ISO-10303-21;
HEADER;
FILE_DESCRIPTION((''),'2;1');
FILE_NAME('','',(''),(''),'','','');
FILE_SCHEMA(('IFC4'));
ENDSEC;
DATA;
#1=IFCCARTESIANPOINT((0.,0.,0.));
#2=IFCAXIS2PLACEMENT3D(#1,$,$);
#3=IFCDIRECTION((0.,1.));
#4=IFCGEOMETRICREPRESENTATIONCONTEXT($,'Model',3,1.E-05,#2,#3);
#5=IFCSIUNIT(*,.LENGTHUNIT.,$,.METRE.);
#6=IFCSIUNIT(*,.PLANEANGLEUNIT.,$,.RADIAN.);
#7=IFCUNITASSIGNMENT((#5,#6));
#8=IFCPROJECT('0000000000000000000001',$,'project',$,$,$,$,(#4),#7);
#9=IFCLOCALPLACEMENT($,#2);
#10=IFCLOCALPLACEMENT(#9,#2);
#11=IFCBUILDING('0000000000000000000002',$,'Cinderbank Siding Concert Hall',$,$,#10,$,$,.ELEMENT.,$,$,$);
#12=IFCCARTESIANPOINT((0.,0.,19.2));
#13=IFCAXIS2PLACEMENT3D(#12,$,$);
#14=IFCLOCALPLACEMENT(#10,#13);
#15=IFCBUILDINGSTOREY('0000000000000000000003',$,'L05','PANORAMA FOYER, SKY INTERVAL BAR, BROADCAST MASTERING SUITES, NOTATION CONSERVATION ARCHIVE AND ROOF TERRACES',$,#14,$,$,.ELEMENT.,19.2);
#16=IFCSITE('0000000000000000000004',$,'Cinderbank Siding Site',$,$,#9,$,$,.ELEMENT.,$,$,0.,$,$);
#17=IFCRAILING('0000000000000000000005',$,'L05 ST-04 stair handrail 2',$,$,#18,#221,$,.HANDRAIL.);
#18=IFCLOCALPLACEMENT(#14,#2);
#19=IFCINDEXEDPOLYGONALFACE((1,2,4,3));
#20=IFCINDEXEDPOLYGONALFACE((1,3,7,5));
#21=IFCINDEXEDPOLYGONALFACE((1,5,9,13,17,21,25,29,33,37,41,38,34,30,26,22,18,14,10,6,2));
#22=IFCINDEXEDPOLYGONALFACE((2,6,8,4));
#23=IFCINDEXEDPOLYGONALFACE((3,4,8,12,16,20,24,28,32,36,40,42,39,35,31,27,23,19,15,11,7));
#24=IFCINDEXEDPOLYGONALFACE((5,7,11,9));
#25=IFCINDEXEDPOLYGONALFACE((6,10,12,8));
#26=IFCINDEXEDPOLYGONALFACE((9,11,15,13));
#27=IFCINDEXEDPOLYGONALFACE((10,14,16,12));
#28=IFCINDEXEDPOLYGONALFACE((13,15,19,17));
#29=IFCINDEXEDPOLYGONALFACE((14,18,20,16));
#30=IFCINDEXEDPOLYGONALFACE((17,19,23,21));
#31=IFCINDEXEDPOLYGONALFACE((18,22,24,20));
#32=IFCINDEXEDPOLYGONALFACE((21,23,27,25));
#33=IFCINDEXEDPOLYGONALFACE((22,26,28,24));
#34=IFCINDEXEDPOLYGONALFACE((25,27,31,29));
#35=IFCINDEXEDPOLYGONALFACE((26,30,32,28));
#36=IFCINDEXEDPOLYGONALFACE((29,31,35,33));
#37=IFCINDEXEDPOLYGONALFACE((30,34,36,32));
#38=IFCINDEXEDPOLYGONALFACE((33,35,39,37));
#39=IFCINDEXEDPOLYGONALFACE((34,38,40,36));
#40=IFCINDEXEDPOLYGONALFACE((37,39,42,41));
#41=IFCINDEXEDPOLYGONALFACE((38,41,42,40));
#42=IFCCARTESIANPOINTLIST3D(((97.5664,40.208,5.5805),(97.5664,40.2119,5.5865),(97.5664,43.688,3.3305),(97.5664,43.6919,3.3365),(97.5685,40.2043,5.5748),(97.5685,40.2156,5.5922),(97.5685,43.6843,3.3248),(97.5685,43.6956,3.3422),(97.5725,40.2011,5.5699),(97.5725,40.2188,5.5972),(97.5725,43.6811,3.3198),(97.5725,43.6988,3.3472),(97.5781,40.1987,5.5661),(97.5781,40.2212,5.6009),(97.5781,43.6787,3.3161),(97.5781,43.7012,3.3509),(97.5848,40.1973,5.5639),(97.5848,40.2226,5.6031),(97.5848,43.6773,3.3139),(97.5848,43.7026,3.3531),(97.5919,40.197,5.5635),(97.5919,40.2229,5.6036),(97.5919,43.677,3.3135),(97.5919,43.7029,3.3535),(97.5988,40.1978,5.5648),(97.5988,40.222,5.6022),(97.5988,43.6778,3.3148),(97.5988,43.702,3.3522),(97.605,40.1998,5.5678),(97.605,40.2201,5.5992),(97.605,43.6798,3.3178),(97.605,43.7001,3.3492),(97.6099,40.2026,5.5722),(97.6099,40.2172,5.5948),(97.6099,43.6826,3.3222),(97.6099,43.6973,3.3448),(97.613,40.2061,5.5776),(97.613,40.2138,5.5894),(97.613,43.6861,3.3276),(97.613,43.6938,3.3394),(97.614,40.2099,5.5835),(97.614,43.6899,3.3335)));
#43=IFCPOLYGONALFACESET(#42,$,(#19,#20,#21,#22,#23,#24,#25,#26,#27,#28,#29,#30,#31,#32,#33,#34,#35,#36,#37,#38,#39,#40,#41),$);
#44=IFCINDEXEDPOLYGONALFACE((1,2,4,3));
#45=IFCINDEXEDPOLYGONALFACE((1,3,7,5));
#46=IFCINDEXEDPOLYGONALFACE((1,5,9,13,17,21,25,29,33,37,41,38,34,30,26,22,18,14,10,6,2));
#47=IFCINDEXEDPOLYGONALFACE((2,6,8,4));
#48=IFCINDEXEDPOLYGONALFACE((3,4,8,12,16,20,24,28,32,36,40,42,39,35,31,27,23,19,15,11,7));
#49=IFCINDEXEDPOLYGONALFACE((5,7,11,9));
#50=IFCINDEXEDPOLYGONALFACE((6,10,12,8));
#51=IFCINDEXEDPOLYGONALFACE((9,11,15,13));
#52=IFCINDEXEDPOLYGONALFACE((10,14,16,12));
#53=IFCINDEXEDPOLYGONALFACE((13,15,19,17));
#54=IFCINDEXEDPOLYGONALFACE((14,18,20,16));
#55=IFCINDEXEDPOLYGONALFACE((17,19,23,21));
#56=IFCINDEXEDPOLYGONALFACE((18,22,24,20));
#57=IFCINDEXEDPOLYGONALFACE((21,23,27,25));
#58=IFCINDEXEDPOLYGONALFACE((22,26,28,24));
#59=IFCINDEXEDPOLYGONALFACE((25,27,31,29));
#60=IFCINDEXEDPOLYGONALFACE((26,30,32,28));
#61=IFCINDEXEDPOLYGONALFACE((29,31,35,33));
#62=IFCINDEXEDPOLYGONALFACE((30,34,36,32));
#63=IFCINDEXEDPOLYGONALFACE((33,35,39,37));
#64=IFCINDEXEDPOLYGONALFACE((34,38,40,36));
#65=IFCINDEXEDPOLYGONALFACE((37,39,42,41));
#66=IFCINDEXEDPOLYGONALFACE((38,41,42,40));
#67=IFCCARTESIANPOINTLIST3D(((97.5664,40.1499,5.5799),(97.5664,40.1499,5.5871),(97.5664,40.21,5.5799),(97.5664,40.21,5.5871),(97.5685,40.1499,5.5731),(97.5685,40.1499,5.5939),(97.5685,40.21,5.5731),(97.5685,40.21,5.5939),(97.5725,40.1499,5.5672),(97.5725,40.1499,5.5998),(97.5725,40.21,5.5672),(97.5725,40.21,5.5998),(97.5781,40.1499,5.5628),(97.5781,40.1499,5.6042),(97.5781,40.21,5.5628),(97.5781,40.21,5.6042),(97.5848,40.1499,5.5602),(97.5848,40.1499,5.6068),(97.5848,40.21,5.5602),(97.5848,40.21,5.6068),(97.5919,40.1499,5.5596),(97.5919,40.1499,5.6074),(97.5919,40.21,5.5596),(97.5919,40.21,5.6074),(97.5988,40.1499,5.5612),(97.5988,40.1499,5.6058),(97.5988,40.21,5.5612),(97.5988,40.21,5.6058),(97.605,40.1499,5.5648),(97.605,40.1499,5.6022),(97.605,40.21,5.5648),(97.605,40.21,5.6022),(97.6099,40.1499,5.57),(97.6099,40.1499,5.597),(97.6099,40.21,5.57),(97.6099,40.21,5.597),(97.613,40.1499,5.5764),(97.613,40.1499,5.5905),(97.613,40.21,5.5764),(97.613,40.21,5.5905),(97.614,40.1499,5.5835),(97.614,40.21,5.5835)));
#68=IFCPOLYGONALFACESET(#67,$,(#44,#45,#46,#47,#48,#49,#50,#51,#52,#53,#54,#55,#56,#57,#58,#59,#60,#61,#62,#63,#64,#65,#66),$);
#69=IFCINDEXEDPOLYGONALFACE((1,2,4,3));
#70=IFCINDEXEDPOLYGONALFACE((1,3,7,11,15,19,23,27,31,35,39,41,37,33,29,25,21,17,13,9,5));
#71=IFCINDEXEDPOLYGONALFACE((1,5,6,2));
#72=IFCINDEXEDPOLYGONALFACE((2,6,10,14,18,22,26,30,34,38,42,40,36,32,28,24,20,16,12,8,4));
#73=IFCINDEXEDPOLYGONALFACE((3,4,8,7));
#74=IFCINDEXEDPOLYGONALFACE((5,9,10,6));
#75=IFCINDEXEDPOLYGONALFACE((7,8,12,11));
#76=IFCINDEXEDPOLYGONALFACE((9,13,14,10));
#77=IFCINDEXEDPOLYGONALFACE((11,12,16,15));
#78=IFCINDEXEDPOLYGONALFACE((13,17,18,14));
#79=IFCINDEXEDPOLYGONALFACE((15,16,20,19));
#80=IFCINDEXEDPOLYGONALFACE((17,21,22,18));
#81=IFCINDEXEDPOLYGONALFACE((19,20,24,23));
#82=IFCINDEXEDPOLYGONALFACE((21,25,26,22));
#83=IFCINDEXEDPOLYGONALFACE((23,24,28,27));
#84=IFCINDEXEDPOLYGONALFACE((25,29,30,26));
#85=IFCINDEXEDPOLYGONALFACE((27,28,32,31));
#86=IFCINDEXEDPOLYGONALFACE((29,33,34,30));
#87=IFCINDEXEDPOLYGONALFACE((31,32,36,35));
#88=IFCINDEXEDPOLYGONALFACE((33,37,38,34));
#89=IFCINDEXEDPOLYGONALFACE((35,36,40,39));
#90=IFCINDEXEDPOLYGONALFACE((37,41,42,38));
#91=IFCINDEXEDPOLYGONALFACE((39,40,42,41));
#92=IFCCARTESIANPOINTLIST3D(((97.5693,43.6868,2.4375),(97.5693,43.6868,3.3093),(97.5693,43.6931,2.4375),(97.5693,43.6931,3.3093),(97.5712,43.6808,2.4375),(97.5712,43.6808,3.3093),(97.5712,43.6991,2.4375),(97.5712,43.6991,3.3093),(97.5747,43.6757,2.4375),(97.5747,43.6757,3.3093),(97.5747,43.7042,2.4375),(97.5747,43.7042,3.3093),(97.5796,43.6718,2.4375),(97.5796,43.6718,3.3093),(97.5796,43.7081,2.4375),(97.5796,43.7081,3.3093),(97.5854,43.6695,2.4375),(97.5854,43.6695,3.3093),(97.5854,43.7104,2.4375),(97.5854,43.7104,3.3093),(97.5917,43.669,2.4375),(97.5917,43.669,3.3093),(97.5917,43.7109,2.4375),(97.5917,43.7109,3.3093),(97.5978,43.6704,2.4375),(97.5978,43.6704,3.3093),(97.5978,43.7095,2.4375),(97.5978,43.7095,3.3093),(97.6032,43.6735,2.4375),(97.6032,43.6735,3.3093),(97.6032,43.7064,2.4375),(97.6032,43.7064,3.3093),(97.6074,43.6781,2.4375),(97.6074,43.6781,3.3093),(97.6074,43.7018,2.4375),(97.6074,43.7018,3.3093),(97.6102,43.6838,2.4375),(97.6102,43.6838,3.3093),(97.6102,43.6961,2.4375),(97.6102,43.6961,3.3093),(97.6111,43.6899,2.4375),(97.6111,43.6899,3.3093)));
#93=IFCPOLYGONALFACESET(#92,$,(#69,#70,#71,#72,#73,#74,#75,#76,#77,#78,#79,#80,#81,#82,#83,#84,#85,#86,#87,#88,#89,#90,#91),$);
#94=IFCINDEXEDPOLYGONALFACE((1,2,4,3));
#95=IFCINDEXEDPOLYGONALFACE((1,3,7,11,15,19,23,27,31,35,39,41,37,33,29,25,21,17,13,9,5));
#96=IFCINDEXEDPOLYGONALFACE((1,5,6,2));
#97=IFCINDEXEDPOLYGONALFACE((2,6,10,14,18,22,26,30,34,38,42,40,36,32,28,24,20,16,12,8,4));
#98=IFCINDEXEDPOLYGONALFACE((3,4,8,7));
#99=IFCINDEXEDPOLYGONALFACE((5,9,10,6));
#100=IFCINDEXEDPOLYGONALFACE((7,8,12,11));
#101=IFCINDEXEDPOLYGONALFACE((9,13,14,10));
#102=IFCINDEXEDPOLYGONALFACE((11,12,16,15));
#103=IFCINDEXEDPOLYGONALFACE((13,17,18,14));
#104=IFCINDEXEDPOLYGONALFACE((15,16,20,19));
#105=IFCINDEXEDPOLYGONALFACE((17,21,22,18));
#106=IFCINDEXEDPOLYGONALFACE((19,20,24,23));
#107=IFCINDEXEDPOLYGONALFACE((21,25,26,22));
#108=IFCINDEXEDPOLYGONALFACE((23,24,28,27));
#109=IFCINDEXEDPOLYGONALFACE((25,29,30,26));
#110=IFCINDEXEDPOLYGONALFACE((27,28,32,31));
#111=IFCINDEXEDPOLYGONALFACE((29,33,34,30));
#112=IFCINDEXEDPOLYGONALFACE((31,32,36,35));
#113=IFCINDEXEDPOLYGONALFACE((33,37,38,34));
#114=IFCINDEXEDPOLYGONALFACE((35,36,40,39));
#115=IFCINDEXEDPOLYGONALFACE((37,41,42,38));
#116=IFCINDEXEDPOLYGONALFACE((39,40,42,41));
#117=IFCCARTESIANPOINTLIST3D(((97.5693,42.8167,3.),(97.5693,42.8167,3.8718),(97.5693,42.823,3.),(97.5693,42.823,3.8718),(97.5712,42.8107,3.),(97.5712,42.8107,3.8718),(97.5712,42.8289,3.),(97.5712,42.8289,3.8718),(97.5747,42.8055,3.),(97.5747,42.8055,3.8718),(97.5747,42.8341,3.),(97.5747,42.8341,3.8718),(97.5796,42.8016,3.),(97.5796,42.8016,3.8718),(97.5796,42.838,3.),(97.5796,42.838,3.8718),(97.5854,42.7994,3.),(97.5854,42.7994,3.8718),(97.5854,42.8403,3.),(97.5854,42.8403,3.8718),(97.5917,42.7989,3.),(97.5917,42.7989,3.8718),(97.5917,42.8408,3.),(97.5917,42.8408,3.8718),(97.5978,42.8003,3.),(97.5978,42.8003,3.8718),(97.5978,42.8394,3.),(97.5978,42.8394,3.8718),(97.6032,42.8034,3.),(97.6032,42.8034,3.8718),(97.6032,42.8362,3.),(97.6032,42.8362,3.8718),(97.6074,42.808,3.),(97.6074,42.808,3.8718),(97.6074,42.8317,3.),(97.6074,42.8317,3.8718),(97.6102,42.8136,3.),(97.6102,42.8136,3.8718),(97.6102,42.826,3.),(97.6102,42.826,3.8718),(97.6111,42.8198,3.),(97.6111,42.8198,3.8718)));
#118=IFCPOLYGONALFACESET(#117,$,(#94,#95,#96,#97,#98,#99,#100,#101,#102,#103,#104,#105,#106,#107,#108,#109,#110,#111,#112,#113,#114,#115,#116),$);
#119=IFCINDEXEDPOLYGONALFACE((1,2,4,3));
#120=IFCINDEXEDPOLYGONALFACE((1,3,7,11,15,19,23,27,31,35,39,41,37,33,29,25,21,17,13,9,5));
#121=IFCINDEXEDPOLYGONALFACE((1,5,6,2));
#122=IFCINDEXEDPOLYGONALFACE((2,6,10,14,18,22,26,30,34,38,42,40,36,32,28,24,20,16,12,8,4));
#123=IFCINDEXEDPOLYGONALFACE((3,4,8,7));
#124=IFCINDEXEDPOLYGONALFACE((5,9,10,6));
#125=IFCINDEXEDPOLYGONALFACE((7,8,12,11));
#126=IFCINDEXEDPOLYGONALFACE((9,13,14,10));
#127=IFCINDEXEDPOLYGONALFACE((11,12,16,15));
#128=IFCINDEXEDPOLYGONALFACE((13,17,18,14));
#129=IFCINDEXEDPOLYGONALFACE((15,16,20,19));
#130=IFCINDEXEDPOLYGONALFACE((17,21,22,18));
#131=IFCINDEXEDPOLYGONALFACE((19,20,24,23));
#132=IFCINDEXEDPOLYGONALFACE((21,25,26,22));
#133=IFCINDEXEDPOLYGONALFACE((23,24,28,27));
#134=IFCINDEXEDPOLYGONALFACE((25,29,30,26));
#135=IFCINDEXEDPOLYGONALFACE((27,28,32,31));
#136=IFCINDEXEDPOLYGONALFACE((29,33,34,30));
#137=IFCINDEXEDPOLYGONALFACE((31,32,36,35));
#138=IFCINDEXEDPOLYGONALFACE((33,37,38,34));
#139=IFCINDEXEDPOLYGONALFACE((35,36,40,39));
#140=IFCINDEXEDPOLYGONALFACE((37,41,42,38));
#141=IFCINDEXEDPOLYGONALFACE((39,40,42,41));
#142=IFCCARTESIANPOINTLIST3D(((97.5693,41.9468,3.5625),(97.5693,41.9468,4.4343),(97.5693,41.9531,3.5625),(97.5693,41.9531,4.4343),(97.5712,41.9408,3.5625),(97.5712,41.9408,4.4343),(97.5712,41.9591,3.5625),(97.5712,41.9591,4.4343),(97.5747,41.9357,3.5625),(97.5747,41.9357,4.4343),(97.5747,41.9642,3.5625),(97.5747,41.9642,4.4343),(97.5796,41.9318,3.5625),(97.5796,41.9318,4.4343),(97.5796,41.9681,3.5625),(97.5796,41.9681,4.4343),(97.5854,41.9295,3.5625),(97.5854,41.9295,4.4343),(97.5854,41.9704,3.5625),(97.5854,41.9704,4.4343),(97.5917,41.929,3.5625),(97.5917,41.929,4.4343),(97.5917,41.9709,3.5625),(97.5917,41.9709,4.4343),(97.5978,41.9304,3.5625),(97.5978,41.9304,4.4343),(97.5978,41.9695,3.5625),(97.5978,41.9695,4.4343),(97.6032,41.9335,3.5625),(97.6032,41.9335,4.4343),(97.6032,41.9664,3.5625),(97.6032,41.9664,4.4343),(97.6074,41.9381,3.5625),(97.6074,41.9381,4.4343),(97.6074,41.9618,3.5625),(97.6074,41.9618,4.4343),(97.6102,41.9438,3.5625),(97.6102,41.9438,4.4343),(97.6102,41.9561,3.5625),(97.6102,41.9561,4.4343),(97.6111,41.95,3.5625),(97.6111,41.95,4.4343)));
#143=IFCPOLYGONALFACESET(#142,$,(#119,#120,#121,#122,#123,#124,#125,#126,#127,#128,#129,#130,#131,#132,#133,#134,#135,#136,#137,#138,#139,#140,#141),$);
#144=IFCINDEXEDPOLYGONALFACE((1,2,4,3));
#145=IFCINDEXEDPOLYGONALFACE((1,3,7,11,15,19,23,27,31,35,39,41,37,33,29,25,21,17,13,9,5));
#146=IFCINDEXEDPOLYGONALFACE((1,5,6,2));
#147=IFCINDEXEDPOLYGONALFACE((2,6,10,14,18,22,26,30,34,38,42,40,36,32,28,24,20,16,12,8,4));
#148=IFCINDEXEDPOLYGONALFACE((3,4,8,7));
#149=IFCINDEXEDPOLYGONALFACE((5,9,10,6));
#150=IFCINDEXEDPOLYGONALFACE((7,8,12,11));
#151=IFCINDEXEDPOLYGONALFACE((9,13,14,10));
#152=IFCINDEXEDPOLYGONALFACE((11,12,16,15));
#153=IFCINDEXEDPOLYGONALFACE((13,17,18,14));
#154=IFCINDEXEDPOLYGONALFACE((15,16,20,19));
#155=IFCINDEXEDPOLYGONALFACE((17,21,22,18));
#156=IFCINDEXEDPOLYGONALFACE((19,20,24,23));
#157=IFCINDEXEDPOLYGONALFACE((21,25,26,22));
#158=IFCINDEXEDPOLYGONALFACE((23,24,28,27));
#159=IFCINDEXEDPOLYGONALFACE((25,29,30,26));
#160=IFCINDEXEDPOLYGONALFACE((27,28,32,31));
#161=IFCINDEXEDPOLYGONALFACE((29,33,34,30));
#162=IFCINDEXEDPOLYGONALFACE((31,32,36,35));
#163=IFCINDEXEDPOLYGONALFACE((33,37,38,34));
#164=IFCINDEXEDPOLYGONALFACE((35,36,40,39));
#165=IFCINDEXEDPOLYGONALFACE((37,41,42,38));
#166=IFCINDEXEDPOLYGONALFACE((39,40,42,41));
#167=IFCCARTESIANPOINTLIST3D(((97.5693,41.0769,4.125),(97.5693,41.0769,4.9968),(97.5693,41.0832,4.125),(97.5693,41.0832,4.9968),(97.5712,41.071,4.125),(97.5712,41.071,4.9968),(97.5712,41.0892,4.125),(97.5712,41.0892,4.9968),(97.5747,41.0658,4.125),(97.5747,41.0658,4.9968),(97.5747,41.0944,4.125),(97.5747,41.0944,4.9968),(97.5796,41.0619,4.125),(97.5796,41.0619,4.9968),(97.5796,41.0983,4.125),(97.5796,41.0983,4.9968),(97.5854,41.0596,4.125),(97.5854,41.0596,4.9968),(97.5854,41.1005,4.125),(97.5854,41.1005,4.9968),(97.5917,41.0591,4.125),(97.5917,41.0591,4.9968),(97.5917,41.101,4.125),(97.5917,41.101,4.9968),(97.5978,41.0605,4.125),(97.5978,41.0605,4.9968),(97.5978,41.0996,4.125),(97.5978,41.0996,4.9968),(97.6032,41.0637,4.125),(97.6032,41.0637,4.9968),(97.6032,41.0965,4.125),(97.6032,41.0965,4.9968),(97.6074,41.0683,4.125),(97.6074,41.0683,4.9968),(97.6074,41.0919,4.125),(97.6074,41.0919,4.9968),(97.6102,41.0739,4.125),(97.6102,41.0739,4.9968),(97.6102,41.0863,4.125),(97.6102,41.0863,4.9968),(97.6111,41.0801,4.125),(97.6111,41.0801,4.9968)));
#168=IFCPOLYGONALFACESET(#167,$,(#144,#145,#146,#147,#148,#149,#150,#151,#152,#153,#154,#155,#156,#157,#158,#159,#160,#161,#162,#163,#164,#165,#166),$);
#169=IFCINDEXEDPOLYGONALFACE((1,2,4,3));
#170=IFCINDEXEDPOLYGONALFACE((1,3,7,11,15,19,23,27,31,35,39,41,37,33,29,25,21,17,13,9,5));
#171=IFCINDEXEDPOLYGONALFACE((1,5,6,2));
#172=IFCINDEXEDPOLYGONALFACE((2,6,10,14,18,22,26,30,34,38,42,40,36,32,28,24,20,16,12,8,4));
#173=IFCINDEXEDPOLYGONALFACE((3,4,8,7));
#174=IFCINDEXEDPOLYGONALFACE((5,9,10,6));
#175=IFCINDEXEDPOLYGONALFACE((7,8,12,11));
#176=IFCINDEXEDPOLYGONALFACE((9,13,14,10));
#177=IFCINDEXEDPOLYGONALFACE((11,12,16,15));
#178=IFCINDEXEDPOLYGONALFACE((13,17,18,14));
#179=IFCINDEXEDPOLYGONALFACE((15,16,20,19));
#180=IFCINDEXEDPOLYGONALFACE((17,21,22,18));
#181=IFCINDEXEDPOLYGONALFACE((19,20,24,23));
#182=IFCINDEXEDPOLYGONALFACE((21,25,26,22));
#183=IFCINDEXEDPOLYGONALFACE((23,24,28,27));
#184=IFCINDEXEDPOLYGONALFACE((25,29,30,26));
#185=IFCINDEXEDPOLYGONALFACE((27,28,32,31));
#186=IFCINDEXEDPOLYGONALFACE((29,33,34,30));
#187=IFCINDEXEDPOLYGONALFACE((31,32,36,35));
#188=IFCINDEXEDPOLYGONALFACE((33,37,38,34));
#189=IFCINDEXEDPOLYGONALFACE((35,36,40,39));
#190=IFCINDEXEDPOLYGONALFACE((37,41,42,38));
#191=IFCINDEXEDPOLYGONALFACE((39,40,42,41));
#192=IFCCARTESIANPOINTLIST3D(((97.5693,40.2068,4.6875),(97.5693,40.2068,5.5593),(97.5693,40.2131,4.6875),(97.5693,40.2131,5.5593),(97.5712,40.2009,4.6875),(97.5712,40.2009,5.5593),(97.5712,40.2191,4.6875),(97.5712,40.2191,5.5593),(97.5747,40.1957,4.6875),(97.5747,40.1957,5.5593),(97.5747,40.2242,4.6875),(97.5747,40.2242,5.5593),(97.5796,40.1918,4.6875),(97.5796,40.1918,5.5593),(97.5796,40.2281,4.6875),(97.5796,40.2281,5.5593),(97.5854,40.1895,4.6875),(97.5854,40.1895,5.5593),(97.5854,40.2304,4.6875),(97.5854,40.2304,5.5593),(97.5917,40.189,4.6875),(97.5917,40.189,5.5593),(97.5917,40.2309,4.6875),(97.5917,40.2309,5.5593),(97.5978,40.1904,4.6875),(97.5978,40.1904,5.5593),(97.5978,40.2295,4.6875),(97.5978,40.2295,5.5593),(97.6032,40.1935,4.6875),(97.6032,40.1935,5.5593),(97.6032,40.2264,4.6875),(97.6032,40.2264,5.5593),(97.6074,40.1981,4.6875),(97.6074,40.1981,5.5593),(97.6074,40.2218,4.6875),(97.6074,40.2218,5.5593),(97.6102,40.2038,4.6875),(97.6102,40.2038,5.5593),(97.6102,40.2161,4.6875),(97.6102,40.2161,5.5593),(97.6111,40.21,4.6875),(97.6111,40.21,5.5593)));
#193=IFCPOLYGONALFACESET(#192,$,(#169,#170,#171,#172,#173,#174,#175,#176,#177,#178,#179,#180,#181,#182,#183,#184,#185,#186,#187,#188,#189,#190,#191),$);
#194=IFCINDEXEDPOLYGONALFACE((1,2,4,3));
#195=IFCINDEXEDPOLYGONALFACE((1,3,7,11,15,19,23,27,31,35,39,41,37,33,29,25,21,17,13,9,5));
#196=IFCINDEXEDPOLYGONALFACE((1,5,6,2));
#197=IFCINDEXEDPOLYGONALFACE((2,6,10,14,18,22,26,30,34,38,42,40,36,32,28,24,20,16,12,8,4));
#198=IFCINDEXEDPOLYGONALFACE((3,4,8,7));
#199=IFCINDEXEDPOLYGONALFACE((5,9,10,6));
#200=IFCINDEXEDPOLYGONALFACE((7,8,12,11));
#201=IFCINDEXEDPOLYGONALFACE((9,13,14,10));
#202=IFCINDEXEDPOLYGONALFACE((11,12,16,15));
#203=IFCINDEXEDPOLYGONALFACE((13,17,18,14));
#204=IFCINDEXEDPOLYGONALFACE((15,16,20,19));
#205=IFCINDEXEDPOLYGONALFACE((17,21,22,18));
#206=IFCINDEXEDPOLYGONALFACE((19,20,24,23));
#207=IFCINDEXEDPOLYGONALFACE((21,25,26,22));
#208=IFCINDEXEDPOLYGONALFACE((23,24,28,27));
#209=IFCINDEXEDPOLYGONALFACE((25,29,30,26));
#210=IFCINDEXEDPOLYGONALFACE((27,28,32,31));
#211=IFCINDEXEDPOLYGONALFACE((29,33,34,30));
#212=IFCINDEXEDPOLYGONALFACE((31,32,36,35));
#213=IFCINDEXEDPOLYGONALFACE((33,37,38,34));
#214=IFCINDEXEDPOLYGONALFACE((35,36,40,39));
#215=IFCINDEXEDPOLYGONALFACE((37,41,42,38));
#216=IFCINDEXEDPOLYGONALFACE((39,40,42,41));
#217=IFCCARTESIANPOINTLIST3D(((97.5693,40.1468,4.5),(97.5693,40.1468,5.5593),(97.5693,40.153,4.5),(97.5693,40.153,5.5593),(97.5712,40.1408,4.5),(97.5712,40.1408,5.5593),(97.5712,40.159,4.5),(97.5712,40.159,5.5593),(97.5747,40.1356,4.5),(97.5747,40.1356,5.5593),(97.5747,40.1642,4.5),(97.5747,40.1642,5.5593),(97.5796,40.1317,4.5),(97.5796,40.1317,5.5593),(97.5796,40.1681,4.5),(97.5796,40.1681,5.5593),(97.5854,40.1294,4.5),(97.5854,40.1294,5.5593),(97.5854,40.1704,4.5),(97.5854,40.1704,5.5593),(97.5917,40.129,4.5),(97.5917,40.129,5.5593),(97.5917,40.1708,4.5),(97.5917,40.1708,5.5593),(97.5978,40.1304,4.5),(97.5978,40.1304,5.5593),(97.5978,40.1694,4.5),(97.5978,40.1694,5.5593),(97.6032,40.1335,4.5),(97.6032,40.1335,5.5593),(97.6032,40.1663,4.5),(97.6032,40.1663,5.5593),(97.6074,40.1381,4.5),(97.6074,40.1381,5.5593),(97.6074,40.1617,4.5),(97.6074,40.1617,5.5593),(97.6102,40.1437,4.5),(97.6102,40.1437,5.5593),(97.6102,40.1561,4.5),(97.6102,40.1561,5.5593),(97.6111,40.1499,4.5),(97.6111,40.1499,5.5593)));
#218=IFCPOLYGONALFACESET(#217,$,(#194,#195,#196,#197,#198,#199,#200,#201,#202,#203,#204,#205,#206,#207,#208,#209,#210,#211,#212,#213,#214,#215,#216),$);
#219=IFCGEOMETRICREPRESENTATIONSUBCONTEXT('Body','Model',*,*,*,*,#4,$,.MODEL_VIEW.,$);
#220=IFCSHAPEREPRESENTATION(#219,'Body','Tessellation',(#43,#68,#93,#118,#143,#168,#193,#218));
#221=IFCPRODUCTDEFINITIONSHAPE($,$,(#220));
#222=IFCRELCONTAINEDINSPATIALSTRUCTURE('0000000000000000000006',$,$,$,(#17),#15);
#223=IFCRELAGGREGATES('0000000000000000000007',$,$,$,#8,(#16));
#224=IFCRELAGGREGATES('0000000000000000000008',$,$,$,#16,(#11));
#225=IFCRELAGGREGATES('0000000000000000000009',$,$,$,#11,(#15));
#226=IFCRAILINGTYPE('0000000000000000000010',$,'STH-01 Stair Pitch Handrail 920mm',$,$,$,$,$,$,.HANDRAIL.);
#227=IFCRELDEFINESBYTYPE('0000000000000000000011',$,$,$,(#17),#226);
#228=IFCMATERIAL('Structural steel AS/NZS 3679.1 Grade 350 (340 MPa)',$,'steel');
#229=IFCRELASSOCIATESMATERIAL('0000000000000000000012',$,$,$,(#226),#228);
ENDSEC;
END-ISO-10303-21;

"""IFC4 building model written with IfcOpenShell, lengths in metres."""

from ifc_helpers import new_model, si_unit, direction, frame, origin, origin_2d, place, context, subcontext, project, spatial, circle, extrude, material, type_object, element, save


model = new_model("IFC4")

# Units and contexts
model_context = context("Model", 3, precision=1e-05, world=origin(), true_north=direction((0.0, 1.0)))
body_context = subcontext(model_context, "Body", "Model", "MODEL_VIEW")
ifc_project = project(units=[si_unit("LENGTHUNIT", "METRE"), si_unit("PLANEANGLEUNIT", "RADIAN")], contexts=[model_context])

# Site, building, storey
site_placement = place(None, origin())
site = spatial("IfcSite", under=ifc_project, at=site_placement, Name="Cinderbank Siding Site", CompositionType="ELEMENT", RefElevation=0.0)
building_placement = place(site_placement, origin())
building = spatial("IfcBuilding", under=site, at=building_placement, Name="Cinderbank Siding Concert Hall", CompositionType="ELEMENT")
storey_placement = place(building_placement, frame((0.0, 0.0, 19.2)))
storey = spatial("IfcBuildingStorey", under=building, at=storey_placement, Name="L05", Description="PANORAMA FOYER, SKY INTERVAL BAR, BROADCAST MASTERING SUITES, NOTATION CONSERVATION ARCHIVE AND ROOF TERRACES", CompositionType="ELEMENT", Elevation=19.2)

# Shared definitions
ifc_material_1 = material(Name="Structural steel AS/NZS 3679.1 Grade 350 (340 MPa)", Category="steel")

# Railing
railing_type_1 = type_object("IfcRailingType", Name="STH-01 Stair Pitch Handrail 920mm", PredefinedType="HANDRAIL", material=ifc_material_1)
railing_1_placement = place(storey_placement, frame((97.5901, 43.6899, 2.4375)))
element("IfcRailing", 1, at=railing_1_placement, inside=storey, type_object=railing_type_1, Name="L05 ST-04 stair handrail 2", PredefinedType="HANDRAIL", context=body_context, shape_type="SweptSolid", body=[
    extrude(circle(Radius=0.0239, at=origin_2d()), frame((0.0, 0.0, 0.896), z_axis=(0.0, -0.839763, 0.542953), x_axis=(1.0, 0.0, 0.0)), (0.0, 0.0, 1.0), 4.144),
    extrude(circle(Radius=0.0239, at=origin_2d()), frame((0.0, -3.48, 3.146), z_axis=(0.0, -1.0, 0.0), x_axis=(1.0, 0.0, 0.0)), (0.0, 0.0, 1.0), 0.0601),
    extrude(circle(Radius=0.021, at=origin_2d()), origin(), (0.0, 0.0, 1.0), 0.8718),
    extrude(circle(Radius=0.021, at=origin_2d()), frame((0.0, -0.8701, 0.5625)), (0.0, 0.0, 1.0), 0.8718),
    extrude(circle(Radius=0.021, at=origin_2d()), frame((0.0, -1.74, 1.125)), (0.0, 0.0, 1.0), 0.8718),
    extrude(circle(Radius=0.021, at=origin_2d()), frame((0.0, -2.6099, 1.6875)), (0.0, 0.0, 1.0), 0.8718),
    extrude(circle(Radius=0.021, at=origin_2d()), frame((0.0, -3.48, 2.25)), (0.0, 0.0, 1.0), 0.8718),
    extrude(circle(Radius=0.021, at=origin_2d()), frame((0.0, -3.54, 2.0625)), (0.0, 0.0, 1.0), 1.0593),
])

save(model, "model.ifc")
